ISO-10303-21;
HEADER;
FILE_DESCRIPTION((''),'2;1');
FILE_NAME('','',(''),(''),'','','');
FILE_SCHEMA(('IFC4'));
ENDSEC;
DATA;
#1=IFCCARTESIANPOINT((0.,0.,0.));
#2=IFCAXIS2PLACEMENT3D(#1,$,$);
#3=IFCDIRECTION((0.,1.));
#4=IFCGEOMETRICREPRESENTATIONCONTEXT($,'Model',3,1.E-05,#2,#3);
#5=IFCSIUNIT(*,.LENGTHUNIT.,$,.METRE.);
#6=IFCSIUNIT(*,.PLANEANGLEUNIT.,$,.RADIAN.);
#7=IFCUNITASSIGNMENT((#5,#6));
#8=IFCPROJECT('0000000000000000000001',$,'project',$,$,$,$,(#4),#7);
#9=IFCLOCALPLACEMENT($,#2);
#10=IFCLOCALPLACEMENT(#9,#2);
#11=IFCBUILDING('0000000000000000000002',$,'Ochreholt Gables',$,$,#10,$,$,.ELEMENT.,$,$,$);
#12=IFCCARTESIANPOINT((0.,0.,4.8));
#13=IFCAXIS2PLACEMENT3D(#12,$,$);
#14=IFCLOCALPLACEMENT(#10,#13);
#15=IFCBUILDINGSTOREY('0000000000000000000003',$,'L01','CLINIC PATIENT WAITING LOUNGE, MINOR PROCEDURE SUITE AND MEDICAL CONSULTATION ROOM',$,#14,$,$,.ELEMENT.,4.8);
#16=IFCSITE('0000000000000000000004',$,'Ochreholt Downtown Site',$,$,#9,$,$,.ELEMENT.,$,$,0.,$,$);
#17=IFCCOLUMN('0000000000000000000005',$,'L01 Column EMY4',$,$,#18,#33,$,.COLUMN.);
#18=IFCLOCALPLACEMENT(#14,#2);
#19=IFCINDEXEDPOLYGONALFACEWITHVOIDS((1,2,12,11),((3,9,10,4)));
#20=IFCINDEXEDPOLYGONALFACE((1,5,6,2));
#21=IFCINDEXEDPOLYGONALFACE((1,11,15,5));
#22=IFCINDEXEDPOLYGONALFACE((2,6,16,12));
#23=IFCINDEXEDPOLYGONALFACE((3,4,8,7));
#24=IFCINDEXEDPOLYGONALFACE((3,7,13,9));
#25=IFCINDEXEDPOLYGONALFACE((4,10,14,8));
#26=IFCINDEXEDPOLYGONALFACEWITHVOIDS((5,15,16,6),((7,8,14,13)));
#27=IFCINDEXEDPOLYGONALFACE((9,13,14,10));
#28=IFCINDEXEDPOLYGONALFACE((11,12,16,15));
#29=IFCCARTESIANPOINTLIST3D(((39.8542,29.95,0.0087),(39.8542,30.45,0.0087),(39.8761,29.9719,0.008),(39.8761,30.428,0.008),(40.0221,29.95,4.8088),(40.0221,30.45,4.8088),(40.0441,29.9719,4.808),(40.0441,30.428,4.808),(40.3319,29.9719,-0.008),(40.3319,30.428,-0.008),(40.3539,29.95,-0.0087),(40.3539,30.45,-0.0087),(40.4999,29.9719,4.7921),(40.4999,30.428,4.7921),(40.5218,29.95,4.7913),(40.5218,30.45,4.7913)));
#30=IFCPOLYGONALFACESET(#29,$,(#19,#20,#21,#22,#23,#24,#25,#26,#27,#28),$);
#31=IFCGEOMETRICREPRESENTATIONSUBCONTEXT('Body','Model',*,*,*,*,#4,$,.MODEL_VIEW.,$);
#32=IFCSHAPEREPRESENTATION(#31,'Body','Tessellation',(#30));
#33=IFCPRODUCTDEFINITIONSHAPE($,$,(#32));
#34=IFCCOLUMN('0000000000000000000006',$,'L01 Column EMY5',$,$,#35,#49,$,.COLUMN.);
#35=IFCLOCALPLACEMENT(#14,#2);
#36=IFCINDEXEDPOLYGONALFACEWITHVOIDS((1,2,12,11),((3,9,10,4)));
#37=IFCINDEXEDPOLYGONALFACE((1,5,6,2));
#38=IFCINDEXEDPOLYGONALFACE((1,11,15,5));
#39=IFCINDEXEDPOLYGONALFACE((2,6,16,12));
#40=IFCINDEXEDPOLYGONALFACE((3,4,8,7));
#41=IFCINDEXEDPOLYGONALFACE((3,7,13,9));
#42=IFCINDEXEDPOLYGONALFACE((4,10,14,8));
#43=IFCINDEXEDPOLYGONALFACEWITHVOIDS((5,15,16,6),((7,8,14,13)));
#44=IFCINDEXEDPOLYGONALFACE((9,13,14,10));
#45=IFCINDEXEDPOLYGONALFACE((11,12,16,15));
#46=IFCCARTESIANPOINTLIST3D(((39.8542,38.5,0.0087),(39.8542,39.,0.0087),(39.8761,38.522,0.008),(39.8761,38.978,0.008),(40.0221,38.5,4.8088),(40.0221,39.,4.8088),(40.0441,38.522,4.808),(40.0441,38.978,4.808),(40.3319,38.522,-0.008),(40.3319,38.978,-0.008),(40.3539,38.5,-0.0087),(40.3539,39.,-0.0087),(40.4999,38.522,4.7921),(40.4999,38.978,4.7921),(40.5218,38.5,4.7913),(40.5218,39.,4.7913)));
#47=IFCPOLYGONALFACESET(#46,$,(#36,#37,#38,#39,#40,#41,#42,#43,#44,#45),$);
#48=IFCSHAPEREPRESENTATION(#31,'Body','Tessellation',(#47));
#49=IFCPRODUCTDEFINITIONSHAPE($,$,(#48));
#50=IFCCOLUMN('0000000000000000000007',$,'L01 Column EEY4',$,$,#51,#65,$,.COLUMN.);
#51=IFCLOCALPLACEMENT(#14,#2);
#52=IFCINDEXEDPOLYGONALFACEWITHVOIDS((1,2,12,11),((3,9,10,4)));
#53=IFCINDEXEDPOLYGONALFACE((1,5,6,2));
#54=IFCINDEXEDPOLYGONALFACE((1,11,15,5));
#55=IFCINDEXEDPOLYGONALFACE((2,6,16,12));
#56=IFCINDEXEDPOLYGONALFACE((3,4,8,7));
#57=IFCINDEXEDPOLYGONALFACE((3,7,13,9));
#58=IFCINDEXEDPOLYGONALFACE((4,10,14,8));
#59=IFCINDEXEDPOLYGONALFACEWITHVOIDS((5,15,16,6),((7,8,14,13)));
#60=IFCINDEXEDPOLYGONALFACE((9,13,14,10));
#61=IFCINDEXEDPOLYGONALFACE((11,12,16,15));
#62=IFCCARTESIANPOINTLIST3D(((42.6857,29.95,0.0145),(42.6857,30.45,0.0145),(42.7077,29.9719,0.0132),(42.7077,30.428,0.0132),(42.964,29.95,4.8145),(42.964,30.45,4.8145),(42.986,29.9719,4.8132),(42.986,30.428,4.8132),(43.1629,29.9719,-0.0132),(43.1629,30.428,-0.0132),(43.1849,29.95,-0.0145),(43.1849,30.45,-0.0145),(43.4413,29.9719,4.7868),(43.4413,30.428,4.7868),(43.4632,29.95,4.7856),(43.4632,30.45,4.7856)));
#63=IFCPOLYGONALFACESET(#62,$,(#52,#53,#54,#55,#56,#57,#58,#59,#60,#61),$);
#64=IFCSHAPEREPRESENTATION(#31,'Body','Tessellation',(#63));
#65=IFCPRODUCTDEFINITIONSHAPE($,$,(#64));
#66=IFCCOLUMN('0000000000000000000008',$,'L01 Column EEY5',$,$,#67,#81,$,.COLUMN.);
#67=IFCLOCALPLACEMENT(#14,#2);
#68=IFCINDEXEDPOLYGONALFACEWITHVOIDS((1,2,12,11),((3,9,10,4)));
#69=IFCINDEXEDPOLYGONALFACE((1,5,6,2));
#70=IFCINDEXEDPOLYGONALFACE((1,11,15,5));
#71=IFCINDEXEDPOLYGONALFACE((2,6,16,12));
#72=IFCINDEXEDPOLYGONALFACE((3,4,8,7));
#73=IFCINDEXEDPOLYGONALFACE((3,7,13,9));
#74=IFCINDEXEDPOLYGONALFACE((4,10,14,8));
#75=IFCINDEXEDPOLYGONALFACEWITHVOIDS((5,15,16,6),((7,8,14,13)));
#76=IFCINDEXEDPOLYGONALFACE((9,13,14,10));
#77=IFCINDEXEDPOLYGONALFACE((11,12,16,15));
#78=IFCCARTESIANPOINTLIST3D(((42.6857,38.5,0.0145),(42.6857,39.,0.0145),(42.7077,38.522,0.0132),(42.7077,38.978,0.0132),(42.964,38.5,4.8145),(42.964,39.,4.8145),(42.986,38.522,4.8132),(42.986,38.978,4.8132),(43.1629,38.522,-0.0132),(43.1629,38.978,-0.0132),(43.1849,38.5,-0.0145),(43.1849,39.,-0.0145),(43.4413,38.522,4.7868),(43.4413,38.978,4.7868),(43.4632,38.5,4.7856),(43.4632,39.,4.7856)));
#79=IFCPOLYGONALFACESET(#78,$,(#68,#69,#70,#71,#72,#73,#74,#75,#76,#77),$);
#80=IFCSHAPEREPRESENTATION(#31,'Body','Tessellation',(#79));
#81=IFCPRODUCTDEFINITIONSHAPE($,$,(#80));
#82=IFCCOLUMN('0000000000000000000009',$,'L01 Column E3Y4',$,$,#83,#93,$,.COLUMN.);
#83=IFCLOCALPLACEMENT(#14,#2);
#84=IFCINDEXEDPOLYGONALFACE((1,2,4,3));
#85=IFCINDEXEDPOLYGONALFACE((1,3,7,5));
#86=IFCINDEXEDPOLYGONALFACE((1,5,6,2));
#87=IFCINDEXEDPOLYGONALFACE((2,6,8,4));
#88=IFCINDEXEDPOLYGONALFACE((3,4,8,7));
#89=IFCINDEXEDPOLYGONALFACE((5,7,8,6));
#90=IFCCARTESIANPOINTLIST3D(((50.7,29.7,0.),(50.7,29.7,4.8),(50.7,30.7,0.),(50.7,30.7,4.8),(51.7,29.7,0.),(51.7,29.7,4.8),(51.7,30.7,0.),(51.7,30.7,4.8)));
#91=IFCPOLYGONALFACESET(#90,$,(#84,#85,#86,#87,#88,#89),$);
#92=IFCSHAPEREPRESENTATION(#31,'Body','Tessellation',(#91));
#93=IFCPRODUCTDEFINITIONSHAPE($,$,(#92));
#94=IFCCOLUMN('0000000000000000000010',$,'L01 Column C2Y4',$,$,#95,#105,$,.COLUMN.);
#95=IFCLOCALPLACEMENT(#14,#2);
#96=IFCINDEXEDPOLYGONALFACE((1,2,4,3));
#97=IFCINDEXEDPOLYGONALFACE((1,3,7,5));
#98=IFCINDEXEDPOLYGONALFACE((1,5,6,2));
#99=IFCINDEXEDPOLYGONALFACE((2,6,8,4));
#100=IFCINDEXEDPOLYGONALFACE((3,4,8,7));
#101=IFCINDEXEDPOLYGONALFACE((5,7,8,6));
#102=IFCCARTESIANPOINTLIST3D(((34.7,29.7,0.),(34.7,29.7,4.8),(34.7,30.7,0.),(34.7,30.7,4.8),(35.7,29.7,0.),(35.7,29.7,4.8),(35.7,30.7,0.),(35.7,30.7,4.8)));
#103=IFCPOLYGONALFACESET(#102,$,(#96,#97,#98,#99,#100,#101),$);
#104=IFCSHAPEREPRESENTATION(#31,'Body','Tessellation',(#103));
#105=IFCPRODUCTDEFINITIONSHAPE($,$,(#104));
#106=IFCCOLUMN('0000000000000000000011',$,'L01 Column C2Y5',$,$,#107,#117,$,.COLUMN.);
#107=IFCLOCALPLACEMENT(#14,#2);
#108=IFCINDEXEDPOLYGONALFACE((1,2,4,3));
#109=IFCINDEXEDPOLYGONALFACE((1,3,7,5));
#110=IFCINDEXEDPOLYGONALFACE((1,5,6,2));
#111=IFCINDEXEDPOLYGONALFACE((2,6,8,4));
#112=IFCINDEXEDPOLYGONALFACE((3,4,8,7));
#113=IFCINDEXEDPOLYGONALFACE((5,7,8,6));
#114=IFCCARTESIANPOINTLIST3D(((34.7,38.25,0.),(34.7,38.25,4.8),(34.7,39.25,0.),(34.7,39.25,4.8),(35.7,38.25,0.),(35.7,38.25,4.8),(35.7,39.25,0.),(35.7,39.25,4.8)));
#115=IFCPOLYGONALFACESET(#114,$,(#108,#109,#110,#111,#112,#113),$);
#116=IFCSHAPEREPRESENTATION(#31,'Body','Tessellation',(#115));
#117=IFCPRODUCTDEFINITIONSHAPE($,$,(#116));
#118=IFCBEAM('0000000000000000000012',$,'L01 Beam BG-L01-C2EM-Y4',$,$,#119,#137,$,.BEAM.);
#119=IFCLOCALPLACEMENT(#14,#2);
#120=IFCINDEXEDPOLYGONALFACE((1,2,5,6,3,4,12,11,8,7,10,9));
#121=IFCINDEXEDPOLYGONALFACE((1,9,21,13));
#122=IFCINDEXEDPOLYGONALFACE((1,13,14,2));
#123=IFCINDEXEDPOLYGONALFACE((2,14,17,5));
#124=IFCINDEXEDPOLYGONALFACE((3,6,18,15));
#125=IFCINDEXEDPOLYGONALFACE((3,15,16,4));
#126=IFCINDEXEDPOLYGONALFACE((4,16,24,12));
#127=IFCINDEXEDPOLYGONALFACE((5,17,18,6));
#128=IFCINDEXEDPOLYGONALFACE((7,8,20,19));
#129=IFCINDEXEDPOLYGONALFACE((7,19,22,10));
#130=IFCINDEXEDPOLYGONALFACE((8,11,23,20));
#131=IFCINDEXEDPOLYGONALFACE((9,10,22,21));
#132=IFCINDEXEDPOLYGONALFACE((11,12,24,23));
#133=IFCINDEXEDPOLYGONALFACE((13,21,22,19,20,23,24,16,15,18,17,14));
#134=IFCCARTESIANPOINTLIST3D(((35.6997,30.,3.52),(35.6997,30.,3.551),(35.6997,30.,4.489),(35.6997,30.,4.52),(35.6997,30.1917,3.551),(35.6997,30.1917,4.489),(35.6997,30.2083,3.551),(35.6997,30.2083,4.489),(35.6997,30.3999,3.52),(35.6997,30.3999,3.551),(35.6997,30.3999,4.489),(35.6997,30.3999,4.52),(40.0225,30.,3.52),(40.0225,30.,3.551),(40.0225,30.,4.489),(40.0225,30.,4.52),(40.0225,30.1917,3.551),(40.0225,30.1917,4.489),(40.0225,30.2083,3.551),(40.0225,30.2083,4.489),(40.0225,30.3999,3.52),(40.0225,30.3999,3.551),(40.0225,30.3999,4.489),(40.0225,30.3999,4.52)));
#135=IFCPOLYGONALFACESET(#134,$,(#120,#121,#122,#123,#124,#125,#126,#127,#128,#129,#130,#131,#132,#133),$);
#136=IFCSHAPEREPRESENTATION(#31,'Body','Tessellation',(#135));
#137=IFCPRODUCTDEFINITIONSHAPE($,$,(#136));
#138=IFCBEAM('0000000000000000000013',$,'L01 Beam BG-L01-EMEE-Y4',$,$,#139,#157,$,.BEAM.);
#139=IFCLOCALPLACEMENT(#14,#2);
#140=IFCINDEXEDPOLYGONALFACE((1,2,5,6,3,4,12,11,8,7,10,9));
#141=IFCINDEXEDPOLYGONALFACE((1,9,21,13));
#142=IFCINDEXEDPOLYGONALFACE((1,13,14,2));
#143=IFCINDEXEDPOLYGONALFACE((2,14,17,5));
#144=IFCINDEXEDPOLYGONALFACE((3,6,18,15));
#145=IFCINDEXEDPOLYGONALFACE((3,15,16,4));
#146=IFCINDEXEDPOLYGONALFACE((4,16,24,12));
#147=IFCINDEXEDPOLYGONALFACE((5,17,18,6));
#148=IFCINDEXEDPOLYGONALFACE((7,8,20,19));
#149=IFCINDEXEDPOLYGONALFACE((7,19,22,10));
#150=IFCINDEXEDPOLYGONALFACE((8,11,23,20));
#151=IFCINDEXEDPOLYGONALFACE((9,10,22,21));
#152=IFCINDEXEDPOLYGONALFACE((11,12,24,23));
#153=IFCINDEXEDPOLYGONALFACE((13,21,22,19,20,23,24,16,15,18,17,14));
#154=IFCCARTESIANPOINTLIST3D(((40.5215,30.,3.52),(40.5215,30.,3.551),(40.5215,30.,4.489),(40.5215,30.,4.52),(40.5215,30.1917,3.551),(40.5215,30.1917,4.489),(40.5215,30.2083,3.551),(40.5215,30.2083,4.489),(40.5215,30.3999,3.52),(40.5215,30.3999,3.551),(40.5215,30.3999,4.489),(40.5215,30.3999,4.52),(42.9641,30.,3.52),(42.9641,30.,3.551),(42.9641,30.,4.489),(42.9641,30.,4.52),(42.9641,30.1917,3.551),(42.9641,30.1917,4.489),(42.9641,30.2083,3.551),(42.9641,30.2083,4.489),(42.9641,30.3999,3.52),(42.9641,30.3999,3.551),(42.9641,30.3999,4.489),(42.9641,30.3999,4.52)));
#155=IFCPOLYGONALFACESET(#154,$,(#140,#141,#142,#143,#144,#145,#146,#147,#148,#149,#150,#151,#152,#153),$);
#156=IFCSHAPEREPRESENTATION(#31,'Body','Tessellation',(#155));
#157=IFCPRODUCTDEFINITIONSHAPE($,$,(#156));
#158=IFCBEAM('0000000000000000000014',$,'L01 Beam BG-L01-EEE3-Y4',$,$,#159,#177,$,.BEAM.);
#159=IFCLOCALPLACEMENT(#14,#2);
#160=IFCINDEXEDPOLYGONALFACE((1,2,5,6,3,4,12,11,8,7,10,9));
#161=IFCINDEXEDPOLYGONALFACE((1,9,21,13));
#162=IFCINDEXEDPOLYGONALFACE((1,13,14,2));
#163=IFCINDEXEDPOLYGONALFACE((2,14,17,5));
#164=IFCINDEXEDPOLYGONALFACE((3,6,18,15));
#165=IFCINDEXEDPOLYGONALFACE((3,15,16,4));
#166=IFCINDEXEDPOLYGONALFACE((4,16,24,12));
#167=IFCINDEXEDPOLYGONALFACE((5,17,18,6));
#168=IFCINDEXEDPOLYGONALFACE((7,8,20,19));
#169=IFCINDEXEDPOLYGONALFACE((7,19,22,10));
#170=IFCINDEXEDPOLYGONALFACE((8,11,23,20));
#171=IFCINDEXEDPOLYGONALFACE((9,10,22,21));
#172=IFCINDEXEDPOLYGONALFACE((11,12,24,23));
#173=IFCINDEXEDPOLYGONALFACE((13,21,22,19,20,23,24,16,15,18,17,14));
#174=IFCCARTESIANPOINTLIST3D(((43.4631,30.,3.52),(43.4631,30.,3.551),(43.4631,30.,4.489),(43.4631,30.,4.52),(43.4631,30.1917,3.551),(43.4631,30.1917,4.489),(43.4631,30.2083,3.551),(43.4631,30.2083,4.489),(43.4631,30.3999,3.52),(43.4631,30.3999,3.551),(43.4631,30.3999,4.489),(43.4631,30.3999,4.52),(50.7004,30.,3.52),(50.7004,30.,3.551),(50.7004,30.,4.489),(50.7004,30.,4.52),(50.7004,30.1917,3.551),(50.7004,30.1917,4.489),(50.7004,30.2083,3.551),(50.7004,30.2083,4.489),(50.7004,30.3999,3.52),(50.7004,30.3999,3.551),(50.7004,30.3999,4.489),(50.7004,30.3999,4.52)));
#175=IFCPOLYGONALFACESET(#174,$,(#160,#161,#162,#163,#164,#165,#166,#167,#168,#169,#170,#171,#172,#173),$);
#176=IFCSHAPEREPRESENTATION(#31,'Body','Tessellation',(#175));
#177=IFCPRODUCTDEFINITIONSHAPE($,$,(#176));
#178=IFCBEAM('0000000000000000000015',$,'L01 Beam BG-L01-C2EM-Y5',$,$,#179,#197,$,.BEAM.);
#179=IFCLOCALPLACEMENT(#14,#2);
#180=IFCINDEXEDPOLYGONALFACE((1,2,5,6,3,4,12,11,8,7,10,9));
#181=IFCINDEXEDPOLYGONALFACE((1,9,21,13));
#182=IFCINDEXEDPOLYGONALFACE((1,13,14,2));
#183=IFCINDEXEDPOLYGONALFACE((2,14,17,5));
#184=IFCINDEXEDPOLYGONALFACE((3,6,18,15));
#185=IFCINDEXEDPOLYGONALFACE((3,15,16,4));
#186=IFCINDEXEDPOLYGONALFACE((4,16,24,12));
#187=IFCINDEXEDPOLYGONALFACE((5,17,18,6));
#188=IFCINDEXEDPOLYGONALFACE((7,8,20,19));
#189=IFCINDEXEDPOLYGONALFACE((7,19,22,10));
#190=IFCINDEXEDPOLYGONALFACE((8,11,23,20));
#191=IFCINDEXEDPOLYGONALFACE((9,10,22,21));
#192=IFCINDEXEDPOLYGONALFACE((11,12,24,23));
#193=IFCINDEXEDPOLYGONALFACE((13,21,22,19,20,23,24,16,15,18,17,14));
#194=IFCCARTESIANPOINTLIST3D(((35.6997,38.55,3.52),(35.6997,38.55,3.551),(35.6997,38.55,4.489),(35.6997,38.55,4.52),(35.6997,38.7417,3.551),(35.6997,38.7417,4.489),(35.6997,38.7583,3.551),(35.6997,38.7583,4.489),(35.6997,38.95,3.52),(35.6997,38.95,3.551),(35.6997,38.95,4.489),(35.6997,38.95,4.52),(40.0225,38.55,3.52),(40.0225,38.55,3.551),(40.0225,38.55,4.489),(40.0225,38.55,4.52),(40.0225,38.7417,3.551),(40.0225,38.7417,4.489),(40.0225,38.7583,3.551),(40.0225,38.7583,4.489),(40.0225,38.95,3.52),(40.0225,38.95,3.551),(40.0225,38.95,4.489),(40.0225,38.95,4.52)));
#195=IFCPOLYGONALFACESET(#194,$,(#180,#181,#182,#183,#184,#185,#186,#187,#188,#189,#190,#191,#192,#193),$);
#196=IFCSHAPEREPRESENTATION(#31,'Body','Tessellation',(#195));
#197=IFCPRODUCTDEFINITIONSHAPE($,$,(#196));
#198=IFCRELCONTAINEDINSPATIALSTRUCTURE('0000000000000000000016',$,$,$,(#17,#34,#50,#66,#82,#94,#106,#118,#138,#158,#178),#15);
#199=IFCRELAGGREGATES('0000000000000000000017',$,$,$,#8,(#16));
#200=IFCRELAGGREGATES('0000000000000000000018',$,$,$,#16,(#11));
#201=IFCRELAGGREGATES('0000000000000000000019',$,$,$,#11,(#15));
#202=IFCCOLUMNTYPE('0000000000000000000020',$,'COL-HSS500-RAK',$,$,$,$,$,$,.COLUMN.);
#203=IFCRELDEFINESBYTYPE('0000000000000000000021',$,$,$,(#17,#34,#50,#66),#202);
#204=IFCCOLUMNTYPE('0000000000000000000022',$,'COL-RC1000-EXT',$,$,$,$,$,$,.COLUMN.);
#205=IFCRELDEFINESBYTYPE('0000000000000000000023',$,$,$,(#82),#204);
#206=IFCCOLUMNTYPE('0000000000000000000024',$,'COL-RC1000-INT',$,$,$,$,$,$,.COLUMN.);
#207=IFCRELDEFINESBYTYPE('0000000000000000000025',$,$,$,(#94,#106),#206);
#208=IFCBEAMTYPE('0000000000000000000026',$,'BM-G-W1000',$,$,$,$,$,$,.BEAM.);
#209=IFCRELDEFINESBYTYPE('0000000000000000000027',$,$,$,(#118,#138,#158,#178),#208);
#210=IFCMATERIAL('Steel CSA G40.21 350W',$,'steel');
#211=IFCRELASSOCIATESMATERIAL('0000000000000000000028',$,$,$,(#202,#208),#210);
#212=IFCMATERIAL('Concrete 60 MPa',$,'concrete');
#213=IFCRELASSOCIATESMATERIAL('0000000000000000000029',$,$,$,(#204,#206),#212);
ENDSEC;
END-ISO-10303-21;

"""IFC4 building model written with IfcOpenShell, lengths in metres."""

from ifc_helpers import new_model, si_unit, direction, frame, origin, origin_2d, place, context, subcontext, project, spatial, rectangle, hollow_rectangle, i_section, extrude, material, material_profile, profile_set, type_object, element, save


model = new_model("IFC4")

# Units and contexts
model_context = context("Model", 3, precision=1e-05, world=origin(), true_north=direction((0.0, 1.0)))
body_context = subcontext(model_context, "Body", "Model", "MODEL_VIEW")
ifc_project = project(units=[si_unit("LENGTHUNIT", "METRE"), si_unit("PLANEANGLEUNIT", "RADIAN")], contexts=[model_context])

# Site, building, storey
site_placement = place(None, origin())
site = spatial("IfcSite", under=ifc_project, at=site_placement, Name="Ochreholt Downtown Site", CompositionType="ELEMENT", RefElevation=0.0)
building_placement = place(site_placement, origin())
building = spatial("IfcBuilding", under=site, at=building_placement, Name="Ochreholt Gables", CompositionType="ELEMENT")
storey_placement = place(building_placement, frame((0.0, 0.0, 4.8)))
storey = spatial("IfcBuildingStorey", under=building, at=storey_placement, Name="L01", Description="CLINIC PATIENT WAITING LOUNGE, MINOR PROCEDURE SUITE AND MEDICAL CONSULTATION ROOM", CompositionType="ELEMENT", Elevation=4.8)

# Columns
ifc_material_1 = material(Name="Steel CSA G40.21 350W", Category="steel")
ifc_material_profile_1 = material_profile(ifc_material_1, hollow_rectangle(XDim=0.5, YDim=0.5, WallThickness=0.022, at=origin_2d()), Name="HSS500X500X22")
ifc_profile_set_1 = profile_set([ifc_material_profile_1], Name="Steel CSA G40.21 350W")
column_type_1 = type_object("IfcColumnType", Name="COL-HSS500-RAK", PredefinedType="COLUMN", material=ifc_profile_set_1)
for number, where, z_axis, x_axis, name in (
    (1, (40.104, 30.2, 0.0), (0.034972, 0.0, 0.999388), (0.0, 1.0, 0.0), "L01 Column EMY4"),
    (2, (40.104, 38.75, 0.0), (0.034972, 0.0, 0.999388), (0.0, 1.0, 0.0), "L01 Column EMY5"),
):
    element("IfcColumn", number, at=place(storey_placement, frame(where, z_axis=z_axis, x_axis=x_axis)), inside=storey, type_object=column_type_1, Name=name, PredefinedType="COLUMN", context=body_context, shape_type="SweptSolid", body=[
        extrude(hollow_rectangle(XDim=0.5, YDim=0.5, WallThickness=0.022, at=origin_2d()), origin(), (0.0, 0.0, 1.0), 4.803),
    ])
for number, where, z_axis, x_axis, name in (
    (3, (42.9353, 30.2, 0.0), (0.057886, 0.0, 0.998323), (0.0, 1.0, 0.0), "L01 Column EEY4"),
    (4, (42.9353, 38.75, 0.0), (0.057886, 0.0, 0.998323), (0.0, 1.0, 0.0), "L01 Column EEY5"),
):
    element("IfcColumn", number, at=place(storey_placement, frame(where, z_axis=z_axis, x_axis=x_axis)), inside=storey, type_object=column_type_1, Name=name, PredefinedType="COLUMN", context=body_context, shape_type="SweptSolid", body=[
        extrude(hollow_rectangle(XDim=0.5, YDim=0.5, WallThickness=0.022, at=origin_2d()), origin(), (0.0, 0.0, 1.0), 4.8081),
    ])
ifc_material_2 = material(Name="Concrete 60 MPa", Category="concrete")
ifc_material_profile_2 = material_profile(ifc_material_2, rectangle(XDim=1.0, YDim=1.0, at=origin_2d()), Name="RC1000X1000")
ifc_profile_set_2 = profile_set([ifc_material_profile_2], Name="Concrete 60 MPa")
column_type_2 = type_object("IfcColumnType", Name="COL-RC1000-EXT", PredefinedType="COLUMN", material=ifc_profile_set_2)
column_placement = place(storey_placement, frame((51.2, 30.2, 0.0), z_axis=(0.0, 0.0, 1.0), x_axis=(1.0, 0.0, 0.0)))
element("IfcColumn", 5, at=column_placement, inside=storey, type_object=column_type_2, Name="L01 Column E3Y4", PredefinedType="COLUMN", context=body_context, shape_type="SweptSolid", body=[
    extrude(rectangle(XDim=1.0, YDim=1.0, at=origin_2d()), origin(), (0.0, 0.0, 1.0), 4.8),
])
ifc_material_profile_3 = material_profile(ifc_material_2, rectangle(XDim=1.0, YDim=1.0, at=origin_2d()), Name="RC1000X1000")
ifc_profile_set_3 = profile_set([ifc_material_profile_3], Name="Concrete 60 MPa")
column_type_3 = type_object("IfcColumnType", Name="COL-RC1000-INT", PredefinedType="COLUMN", material=ifc_profile_set_3)
for number, where, z_axis, x_axis, name in (
    (6, (35.2, 30.2, 0.0), (0.0, 0.0, 1.0), (1.0, 0.0, 0.0), "L01 Column C2Y4"),
    (7, (35.2, 38.75, 0.0), (0.0, 0.0, 1.0), (1.0, 0.0, 0.0), "L01 Column C2Y5"),
):
    element("IfcColumn", number, at=place(storey_placement, frame(where, z_axis=z_axis, x_axis=x_axis)), inside=storey, type_object=column_type_3, Name=name, PredefinedType="COLUMN", context=body_context, shape_type="SweptSolid", body=[
        extrude(rectangle(XDim=1.0, YDim=1.0, at=origin_2d()), origin(), (0.0, 0.0, 1.0), 4.8),
    ])

# Beams
ifc_material_profile_4 = material_profile(ifc_material_1, i_section(OverallWidth=0.3999, OverallDepth=1.0, WebThickness=0.0166, FlangeThickness=0.031, at=origin_2d()), Name="W1000X321")
ifc_profile_set_4 = profile_set([ifc_material_profile_4], Name="Steel CSA G40.21 350W")
beam_type_1 = type_object("IfcBeamType", Name="BM-G-W1000", PredefinedType="BEAM", material=ifc_profile_set_4)
beam_1_placement = place(storey_placement, frame((35.6997, 30.2, 4.02), z_axis=(1.0, 0.0, 0.0), x_axis=(0.0, 1.0, 0.0)))
element("IfcBeam", 8, at=beam_1_placement, inside=storey, type_object=beam_type_1, Name="L01 Beam BG-L01-C2EM-Y4", PredefinedType="BEAM", context=body_context, shape_type="SweptSolid", body=[
    extrude(i_section(OverallWidth=0.3999, OverallDepth=1.0, WebThickness=0.0166, FlangeThickness=0.031, at=origin_2d()), origin(), (0.0, 0.0, 1.0), 4.3228),
])
beam_2_placement = place(storey_placement, frame((40.5215, 30.2, 4.02), z_axis=(1.0, 0.0, 0.0), x_axis=(0.0, 1.0, 0.0)))
element("IfcBeam", 9, at=beam_2_placement, inside=storey, type_object=beam_type_1, Name="L01 Beam BG-L01-EMEE-Y4", PredefinedType="BEAM", context=body_context, shape_type="SweptSolid", body=[
    extrude(i_section(OverallWidth=0.3999, OverallDepth=1.0, WebThickness=0.0166, FlangeThickness=0.031, at=origin_2d()), origin(), (0.0, 0.0, 1.0), 2.4426),
])
beam_3_placement = place(storey_placement, frame((43.4631, 30.2, 4.02), z_axis=(1.0, 0.0, 0.0), x_axis=(0.0, 1.0, 0.0)))
element("IfcBeam", 10, at=beam_3_placement, inside=storey, type_object=beam_type_1, Name="L01 Beam BG-L01-EEE3-Y4", PredefinedType="BEAM", context=body_context, shape_type="SweptSolid", body=[
    extrude(i_section(OverallWidth=0.3999, OverallDepth=1.0, WebThickness=0.0166, FlangeThickness=0.031, at=origin_2d()), origin(), (0.0, 0.0, 1.0), 7.2373),
])
beam_4_placement = place(storey_placement, frame((35.6997, 38.75, 4.02), z_axis=(1.0, 0.0, 0.0), x_axis=(0.0, 1.0, 0.0)))
element("IfcBeam", 11, at=beam_4_placement, inside=storey, type_object=beam_type_1, Name="L01 Beam BG-L01-C2EM-Y5", PredefinedType="BEAM", context=body_context, shape_type="SweptSolid", body=[
    extrude(i_section(OverallWidth=0.3999, OverallDepth=1.0, WebThickness=0.0166, FlangeThickness=0.031, at=origin_2d()), origin(), (0.0, 0.0, 1.0), 4.3228),
])

save(model, "model.ifc")
